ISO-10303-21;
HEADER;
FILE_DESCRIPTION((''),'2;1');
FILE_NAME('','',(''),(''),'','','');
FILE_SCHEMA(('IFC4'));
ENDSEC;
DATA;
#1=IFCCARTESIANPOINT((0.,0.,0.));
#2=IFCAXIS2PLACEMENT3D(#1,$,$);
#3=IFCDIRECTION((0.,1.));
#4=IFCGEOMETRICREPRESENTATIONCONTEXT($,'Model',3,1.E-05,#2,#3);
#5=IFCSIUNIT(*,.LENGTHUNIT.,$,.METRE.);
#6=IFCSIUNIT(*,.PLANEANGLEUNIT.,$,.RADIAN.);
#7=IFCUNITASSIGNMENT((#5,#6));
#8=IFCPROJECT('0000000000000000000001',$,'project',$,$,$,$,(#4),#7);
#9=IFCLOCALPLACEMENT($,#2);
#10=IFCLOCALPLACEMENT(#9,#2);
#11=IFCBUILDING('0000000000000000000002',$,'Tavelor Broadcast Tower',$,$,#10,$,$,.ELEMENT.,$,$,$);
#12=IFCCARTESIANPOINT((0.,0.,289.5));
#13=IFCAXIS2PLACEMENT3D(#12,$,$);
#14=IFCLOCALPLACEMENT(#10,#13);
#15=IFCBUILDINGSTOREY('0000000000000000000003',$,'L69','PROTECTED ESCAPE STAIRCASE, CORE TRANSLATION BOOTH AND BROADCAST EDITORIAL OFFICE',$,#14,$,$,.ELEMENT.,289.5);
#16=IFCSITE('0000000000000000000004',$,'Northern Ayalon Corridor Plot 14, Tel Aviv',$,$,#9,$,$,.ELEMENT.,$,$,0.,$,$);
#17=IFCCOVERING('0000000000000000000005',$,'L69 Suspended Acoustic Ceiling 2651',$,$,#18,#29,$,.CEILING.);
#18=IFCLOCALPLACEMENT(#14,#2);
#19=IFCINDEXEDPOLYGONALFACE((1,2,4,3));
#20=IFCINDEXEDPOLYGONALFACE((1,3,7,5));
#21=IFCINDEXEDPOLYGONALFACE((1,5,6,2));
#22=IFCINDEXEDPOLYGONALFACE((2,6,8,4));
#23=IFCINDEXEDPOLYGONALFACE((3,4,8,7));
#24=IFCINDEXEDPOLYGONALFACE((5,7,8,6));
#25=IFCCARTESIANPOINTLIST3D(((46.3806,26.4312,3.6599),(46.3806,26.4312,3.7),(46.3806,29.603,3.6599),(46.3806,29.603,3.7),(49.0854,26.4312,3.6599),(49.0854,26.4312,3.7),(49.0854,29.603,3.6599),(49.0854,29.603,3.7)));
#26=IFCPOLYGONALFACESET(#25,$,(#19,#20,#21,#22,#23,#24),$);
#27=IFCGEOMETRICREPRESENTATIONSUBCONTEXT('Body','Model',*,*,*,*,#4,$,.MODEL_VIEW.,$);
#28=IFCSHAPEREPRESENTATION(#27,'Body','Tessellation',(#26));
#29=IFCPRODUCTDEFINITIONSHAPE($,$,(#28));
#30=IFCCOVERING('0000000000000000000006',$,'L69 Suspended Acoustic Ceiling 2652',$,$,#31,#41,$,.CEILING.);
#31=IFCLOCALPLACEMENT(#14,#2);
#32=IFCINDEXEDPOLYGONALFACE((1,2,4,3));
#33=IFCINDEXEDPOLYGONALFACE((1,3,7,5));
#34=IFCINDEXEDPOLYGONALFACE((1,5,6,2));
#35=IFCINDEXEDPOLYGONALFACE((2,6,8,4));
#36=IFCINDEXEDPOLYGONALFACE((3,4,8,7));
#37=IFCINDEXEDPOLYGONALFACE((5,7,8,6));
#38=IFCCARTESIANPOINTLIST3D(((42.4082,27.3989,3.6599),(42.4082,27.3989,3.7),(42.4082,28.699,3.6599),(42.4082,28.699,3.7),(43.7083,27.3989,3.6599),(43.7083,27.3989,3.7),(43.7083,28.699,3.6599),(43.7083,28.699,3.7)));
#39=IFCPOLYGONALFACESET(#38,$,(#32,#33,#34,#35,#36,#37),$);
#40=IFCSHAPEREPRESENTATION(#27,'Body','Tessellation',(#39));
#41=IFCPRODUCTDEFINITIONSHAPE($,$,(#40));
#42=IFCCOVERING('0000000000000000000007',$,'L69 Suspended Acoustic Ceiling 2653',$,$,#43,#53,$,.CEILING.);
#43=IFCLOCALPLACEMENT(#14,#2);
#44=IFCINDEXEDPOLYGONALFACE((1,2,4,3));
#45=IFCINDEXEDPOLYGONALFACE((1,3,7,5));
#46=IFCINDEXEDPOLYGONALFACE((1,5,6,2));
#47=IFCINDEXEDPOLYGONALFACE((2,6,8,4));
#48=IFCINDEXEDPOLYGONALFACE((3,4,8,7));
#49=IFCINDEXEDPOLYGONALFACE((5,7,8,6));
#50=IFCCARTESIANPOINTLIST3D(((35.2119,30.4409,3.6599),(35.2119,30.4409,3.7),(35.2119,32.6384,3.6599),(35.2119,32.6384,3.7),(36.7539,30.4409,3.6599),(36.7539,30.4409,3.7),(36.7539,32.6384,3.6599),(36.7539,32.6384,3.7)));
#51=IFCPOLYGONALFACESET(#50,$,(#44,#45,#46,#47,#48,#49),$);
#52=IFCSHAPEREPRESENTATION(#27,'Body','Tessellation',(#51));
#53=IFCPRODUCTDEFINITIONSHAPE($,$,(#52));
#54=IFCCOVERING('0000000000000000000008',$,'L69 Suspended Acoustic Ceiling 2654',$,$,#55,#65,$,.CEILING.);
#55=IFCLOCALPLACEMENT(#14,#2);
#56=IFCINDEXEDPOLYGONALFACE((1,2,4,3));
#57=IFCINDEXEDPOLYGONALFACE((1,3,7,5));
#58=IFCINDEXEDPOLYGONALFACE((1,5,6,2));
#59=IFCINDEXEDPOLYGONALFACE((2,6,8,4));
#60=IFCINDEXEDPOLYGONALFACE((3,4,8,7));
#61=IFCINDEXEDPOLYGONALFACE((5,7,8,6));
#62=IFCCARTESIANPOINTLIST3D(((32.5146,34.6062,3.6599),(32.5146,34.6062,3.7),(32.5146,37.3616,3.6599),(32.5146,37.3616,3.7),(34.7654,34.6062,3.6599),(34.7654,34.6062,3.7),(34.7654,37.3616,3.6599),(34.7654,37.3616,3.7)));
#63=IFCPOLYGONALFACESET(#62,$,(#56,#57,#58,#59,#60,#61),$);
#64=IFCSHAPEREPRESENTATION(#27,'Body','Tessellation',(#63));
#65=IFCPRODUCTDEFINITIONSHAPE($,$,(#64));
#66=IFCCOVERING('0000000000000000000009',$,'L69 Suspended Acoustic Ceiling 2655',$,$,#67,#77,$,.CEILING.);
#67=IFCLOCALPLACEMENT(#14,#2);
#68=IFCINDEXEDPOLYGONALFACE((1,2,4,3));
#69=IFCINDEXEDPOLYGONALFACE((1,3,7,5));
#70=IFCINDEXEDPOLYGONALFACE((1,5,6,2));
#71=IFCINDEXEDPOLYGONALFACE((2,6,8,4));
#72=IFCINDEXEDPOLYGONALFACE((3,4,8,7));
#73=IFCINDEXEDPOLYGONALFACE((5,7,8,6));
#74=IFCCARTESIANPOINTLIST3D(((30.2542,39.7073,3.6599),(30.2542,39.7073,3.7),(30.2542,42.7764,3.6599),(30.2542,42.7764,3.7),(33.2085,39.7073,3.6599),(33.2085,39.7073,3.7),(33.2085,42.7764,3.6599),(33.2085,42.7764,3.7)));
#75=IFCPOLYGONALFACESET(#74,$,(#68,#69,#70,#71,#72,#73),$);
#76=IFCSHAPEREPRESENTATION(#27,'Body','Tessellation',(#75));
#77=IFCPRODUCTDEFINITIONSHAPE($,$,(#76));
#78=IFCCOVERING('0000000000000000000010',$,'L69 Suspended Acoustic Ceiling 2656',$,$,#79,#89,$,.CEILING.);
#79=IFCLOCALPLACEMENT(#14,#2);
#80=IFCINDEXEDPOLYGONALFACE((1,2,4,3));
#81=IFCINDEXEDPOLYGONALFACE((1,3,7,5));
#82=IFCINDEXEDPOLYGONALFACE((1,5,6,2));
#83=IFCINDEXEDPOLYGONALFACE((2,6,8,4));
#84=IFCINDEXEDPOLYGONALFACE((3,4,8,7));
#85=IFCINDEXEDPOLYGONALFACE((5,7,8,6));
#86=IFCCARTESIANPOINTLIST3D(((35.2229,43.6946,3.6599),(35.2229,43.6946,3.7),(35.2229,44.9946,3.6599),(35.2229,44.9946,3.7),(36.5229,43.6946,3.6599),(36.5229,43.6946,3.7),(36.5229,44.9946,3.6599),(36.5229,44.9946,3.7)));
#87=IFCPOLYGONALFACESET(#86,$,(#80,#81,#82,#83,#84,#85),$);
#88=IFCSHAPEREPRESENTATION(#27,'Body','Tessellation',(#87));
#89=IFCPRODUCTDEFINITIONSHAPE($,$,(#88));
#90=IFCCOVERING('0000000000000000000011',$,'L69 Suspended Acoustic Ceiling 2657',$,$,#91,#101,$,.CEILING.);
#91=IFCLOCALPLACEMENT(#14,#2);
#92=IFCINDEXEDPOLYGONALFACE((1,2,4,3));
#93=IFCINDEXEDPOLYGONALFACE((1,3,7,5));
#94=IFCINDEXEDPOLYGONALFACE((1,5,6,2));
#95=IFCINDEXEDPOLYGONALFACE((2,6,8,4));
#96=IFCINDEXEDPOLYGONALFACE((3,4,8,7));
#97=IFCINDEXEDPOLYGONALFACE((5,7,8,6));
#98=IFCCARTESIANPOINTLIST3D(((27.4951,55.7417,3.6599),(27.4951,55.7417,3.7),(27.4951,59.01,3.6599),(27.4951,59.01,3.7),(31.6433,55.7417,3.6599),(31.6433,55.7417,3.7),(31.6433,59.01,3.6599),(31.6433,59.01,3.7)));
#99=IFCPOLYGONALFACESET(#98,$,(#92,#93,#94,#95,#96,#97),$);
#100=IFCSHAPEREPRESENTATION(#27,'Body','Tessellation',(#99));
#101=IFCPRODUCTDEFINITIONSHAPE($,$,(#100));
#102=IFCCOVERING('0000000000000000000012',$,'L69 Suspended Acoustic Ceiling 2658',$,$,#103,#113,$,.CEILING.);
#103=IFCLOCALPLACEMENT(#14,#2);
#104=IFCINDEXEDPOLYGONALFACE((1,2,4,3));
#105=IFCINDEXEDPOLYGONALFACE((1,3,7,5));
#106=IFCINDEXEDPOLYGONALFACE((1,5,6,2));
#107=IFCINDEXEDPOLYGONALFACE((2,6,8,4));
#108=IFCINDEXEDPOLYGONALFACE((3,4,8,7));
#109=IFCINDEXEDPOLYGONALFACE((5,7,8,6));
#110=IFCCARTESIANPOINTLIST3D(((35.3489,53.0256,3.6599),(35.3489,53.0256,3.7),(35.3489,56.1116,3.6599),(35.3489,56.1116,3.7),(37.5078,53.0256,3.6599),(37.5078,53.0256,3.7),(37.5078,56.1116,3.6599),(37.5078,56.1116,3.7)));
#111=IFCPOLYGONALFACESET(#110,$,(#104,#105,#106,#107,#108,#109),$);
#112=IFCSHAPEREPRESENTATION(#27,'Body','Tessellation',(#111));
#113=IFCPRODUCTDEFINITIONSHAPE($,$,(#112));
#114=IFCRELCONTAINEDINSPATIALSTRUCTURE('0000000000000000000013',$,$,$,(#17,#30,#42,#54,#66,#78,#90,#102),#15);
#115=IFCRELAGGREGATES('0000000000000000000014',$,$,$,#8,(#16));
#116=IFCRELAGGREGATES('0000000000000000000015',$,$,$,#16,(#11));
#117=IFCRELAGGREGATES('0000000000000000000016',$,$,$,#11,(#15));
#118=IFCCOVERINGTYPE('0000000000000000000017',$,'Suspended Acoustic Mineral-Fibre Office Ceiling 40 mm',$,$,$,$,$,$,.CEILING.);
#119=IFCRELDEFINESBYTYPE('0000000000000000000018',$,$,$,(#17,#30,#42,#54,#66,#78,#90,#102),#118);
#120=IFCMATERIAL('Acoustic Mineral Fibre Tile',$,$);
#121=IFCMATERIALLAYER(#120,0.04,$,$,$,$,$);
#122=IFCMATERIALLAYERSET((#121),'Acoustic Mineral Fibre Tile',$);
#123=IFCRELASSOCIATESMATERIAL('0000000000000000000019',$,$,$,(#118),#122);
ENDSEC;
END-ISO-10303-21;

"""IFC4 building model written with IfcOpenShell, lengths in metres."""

from ifc_helpers import new_model, si_unit, direction, frame, origin, place, context, subcontext, project, spatial, polyline, outline, extrude, material, layer, layer_set, type_object, element, save


model = new_model("IFC4")

# Units and contexts
model_context = context("Model", 3, precision=1e-05, world=origin(), true_north=direction((0.0, 1.0)))
body_context = subcontext(model_context, "Body", "Model", "MODEL_VIEW")
ifc_project = project(units=[si_unit("LENGTHUNIT", "METRE"), si_unit("PLANEANGLEUNIT", "RADIAN")], contexts=[model_context])

# Site, building, storey
site_placement = place(None, origin())
site = spatial("IfcSite", under=ifc_project, at=site_placement, Name="Northern Ayalon Corridor Plot 14, Tel Aviv", CompositionType="ELEMENT", RefElevation=0.0)
building_placement = place(site_placement, origin())
building = spatial("IfcBuilding", under=site, at=building_placement, Name="Tavelor Broadcast Tower", CompositionType="ELEMENT")
storey_placement = place(building_placement, frame((0.0, 0.0, 289.5)))
storey = spatial("IfcBuildingStorey", under=building, at=storey_placement, Name="L69", Description="PROTECTED ESCAPE STAIRCASE, CORE TRANSLATION BOOTH AND BROADCAST EDITORIAL OFFICE", CompositionType="ELEMENT", Elevation=289.5)

# Coverings
ifc_material_1 = material(Name="Acoustic Mineral Fibre Tile")
ifc_layer_1 = layer(ifc_material_1, 0.04)
ifc_layer_set_1 = layer_set([ifc_layer_1], Name="Acoustic Mineral Fibre Tile")
covering_type_1 = type_object("IfcCoveringType", Name="Suspended Acoustic Mineral-Fibre Office Ceiling 40 mm", PredefinedType="CEILING", material=ifc_layer_set_1)
covering_1_placement = place(storey_placement, frame((0.0, 0.0, 3.6599)))
element("IfcCovering", 1, at=covering_1_placement, inside=storey, type_object=covering_type_1, Name="L69 Suspended Acoustic Ceiling 2651", PredefinedType="CEILING", context=body_context, shape_type="SweptSolid", body=[
    extrude(outline(polyline([(46.3806, 26.4312), (49.0854, 26.4312), (49.0854, 29.603), (46.3806, 29.603), (46.3806, 26.4312)])), origin(), (0.0, 0.0, 1.0), 0.04),
])
covering_2_placement = place(storey_placement, frame((0.0, 0.0, 3.6599)))
element("IfcCovering", 2, at=covering_2_placement, inside=storey, type_object=covering_type_1, Name="L69 Suspended Acoustic Ceiling 2652", PredefinedType="CEILING", context=body_context, shape_type="SweptSolid", body=[
    extrude(outline(polyline([(42.4082, 27.3989), (43.7083, 27.3989), (43.7083, 28.699), (42.4082, 28.699), (42.4082, 27.3989)])), origin(), (0.0, 0.0, 1.0), 0.04),
])
covering_3_placement = place(storey_placement, frame((0.0, 0.0, 3.6599)))
element("IfcCovering", 3, at=covering_3_placement, inside=storey, type_object=covering_type_1, Name="L69 Suspended Acoustic Ceiling 2653", PredefinedType="CEILING", context=body_context, shape_type="SweptSolid", body=[
    extrude(outline(polyline([(35.2119, 30.4409), (36.7539, 30.4409), (36.7539, 32.6384), (35.2119, 32.6384), (35.2119, 30.4409)])), origin(), (0.0, 0.0, 1.0), 0.04),
])
covering_4_placement = place(storey_placement, frame((0.0, 0.0, 3.6599)))
element("IfcCovering", 4, at=covering_4_placement, inside=storey, type_object=covering_type_1, Name="L69 Suspended Acoustic Ceiling 2654", PredefinedType="CEILING", context=body_context, shape_type="SweptSolid", body=[
    extrude(outline(polyline([(32.5146, 34.6062), (34.7654, 34.6062), (34.7654, 37.3616), (32.5146, 37.3616), (32.5146, 34.6062)])), origin(), (0.0, 0.0, 1.0), 0.04),
])
covering_5_placement = place(storey_placement, frame((0.0, 0.0, 3.6599)))
element("IfcCovering", 5, at=covering_5_placement, inside=storey, type_object=covering_type_1, Name="L69 Suspended Acoustic Ceiling 2655", PredefinedType="CEILING", context=body_context, shape_type="SweptSolid", body=[
    extrude(outline(polyline([(30.2542, 39.7073), (33.2085, 39.7073), (33.2085, 42.7764), (30.2542, 42.7764), (30.2542, 39.7073)])), origin(), (0.0, 0.0, 1.0), 0.04),
])
covering_6_placement = place(storey_placement, frame((0.0, 0.0, 3.6599)))
element("IfcCovering", 6, at=covering_6_placement, inside=storey, type_object=covering_type_1, Name="L69 Suspended Acoustic Ceiling 2656", PredefinedType="CEILING", context=body_context, shape_type="SweptSolid", body=[
    extrude(outline(polyline([(35.2229, 43.6946), (36.5229, 43.6946), (36.5229, 44.9946), (35.2229, 44.9946), (35.2229, 43.6946)])), origin(), (0.0, 0.0, 1.0), 0.04),
])
covering_7_placement = place(storey_placement, frame((0.0, 0.0, 3.6599)))
element("IfcCovering", 7, at=covering_7_placement, inside=storey, type_object=covering_type_1, Name="L69 Suspended Acoustic Ceiling 2657", PredefinedType="CEILING", context=body_context, shape_type="SweptSolid", body=[
    extrude(outline(polyline([(27.4951, 55.7417), (31.6433, 55.7417), (31.6433, 59.01), (27.4951, 59.01), (27.4951, 55.7417)])), origin(), (0.0, 0.0, 1.0), 0.04),
])
covering_8_placement = place(storey_placement, frame((0.0, 0.0, 3.6599)))
element("IfcCovering", 8, at=covering_8_placement, inside=storey, type_object=covering_type_1, Name="L69 Suspended Acoustic Ceiling 2658", PredefinedType="CEILING", context=body_context, shape_type="SweptSolid", body=[
    extrude(outline(polyline([(35.3489, 53.0256), (37.5078, 53.0256), (37.5078, 56.1116), (35.3489, 56.1116), (35.3489, 53.0256)])), origin(), (0.0, 0.0, 1.0), 0.04),
])

save(model, "model.ifc")
